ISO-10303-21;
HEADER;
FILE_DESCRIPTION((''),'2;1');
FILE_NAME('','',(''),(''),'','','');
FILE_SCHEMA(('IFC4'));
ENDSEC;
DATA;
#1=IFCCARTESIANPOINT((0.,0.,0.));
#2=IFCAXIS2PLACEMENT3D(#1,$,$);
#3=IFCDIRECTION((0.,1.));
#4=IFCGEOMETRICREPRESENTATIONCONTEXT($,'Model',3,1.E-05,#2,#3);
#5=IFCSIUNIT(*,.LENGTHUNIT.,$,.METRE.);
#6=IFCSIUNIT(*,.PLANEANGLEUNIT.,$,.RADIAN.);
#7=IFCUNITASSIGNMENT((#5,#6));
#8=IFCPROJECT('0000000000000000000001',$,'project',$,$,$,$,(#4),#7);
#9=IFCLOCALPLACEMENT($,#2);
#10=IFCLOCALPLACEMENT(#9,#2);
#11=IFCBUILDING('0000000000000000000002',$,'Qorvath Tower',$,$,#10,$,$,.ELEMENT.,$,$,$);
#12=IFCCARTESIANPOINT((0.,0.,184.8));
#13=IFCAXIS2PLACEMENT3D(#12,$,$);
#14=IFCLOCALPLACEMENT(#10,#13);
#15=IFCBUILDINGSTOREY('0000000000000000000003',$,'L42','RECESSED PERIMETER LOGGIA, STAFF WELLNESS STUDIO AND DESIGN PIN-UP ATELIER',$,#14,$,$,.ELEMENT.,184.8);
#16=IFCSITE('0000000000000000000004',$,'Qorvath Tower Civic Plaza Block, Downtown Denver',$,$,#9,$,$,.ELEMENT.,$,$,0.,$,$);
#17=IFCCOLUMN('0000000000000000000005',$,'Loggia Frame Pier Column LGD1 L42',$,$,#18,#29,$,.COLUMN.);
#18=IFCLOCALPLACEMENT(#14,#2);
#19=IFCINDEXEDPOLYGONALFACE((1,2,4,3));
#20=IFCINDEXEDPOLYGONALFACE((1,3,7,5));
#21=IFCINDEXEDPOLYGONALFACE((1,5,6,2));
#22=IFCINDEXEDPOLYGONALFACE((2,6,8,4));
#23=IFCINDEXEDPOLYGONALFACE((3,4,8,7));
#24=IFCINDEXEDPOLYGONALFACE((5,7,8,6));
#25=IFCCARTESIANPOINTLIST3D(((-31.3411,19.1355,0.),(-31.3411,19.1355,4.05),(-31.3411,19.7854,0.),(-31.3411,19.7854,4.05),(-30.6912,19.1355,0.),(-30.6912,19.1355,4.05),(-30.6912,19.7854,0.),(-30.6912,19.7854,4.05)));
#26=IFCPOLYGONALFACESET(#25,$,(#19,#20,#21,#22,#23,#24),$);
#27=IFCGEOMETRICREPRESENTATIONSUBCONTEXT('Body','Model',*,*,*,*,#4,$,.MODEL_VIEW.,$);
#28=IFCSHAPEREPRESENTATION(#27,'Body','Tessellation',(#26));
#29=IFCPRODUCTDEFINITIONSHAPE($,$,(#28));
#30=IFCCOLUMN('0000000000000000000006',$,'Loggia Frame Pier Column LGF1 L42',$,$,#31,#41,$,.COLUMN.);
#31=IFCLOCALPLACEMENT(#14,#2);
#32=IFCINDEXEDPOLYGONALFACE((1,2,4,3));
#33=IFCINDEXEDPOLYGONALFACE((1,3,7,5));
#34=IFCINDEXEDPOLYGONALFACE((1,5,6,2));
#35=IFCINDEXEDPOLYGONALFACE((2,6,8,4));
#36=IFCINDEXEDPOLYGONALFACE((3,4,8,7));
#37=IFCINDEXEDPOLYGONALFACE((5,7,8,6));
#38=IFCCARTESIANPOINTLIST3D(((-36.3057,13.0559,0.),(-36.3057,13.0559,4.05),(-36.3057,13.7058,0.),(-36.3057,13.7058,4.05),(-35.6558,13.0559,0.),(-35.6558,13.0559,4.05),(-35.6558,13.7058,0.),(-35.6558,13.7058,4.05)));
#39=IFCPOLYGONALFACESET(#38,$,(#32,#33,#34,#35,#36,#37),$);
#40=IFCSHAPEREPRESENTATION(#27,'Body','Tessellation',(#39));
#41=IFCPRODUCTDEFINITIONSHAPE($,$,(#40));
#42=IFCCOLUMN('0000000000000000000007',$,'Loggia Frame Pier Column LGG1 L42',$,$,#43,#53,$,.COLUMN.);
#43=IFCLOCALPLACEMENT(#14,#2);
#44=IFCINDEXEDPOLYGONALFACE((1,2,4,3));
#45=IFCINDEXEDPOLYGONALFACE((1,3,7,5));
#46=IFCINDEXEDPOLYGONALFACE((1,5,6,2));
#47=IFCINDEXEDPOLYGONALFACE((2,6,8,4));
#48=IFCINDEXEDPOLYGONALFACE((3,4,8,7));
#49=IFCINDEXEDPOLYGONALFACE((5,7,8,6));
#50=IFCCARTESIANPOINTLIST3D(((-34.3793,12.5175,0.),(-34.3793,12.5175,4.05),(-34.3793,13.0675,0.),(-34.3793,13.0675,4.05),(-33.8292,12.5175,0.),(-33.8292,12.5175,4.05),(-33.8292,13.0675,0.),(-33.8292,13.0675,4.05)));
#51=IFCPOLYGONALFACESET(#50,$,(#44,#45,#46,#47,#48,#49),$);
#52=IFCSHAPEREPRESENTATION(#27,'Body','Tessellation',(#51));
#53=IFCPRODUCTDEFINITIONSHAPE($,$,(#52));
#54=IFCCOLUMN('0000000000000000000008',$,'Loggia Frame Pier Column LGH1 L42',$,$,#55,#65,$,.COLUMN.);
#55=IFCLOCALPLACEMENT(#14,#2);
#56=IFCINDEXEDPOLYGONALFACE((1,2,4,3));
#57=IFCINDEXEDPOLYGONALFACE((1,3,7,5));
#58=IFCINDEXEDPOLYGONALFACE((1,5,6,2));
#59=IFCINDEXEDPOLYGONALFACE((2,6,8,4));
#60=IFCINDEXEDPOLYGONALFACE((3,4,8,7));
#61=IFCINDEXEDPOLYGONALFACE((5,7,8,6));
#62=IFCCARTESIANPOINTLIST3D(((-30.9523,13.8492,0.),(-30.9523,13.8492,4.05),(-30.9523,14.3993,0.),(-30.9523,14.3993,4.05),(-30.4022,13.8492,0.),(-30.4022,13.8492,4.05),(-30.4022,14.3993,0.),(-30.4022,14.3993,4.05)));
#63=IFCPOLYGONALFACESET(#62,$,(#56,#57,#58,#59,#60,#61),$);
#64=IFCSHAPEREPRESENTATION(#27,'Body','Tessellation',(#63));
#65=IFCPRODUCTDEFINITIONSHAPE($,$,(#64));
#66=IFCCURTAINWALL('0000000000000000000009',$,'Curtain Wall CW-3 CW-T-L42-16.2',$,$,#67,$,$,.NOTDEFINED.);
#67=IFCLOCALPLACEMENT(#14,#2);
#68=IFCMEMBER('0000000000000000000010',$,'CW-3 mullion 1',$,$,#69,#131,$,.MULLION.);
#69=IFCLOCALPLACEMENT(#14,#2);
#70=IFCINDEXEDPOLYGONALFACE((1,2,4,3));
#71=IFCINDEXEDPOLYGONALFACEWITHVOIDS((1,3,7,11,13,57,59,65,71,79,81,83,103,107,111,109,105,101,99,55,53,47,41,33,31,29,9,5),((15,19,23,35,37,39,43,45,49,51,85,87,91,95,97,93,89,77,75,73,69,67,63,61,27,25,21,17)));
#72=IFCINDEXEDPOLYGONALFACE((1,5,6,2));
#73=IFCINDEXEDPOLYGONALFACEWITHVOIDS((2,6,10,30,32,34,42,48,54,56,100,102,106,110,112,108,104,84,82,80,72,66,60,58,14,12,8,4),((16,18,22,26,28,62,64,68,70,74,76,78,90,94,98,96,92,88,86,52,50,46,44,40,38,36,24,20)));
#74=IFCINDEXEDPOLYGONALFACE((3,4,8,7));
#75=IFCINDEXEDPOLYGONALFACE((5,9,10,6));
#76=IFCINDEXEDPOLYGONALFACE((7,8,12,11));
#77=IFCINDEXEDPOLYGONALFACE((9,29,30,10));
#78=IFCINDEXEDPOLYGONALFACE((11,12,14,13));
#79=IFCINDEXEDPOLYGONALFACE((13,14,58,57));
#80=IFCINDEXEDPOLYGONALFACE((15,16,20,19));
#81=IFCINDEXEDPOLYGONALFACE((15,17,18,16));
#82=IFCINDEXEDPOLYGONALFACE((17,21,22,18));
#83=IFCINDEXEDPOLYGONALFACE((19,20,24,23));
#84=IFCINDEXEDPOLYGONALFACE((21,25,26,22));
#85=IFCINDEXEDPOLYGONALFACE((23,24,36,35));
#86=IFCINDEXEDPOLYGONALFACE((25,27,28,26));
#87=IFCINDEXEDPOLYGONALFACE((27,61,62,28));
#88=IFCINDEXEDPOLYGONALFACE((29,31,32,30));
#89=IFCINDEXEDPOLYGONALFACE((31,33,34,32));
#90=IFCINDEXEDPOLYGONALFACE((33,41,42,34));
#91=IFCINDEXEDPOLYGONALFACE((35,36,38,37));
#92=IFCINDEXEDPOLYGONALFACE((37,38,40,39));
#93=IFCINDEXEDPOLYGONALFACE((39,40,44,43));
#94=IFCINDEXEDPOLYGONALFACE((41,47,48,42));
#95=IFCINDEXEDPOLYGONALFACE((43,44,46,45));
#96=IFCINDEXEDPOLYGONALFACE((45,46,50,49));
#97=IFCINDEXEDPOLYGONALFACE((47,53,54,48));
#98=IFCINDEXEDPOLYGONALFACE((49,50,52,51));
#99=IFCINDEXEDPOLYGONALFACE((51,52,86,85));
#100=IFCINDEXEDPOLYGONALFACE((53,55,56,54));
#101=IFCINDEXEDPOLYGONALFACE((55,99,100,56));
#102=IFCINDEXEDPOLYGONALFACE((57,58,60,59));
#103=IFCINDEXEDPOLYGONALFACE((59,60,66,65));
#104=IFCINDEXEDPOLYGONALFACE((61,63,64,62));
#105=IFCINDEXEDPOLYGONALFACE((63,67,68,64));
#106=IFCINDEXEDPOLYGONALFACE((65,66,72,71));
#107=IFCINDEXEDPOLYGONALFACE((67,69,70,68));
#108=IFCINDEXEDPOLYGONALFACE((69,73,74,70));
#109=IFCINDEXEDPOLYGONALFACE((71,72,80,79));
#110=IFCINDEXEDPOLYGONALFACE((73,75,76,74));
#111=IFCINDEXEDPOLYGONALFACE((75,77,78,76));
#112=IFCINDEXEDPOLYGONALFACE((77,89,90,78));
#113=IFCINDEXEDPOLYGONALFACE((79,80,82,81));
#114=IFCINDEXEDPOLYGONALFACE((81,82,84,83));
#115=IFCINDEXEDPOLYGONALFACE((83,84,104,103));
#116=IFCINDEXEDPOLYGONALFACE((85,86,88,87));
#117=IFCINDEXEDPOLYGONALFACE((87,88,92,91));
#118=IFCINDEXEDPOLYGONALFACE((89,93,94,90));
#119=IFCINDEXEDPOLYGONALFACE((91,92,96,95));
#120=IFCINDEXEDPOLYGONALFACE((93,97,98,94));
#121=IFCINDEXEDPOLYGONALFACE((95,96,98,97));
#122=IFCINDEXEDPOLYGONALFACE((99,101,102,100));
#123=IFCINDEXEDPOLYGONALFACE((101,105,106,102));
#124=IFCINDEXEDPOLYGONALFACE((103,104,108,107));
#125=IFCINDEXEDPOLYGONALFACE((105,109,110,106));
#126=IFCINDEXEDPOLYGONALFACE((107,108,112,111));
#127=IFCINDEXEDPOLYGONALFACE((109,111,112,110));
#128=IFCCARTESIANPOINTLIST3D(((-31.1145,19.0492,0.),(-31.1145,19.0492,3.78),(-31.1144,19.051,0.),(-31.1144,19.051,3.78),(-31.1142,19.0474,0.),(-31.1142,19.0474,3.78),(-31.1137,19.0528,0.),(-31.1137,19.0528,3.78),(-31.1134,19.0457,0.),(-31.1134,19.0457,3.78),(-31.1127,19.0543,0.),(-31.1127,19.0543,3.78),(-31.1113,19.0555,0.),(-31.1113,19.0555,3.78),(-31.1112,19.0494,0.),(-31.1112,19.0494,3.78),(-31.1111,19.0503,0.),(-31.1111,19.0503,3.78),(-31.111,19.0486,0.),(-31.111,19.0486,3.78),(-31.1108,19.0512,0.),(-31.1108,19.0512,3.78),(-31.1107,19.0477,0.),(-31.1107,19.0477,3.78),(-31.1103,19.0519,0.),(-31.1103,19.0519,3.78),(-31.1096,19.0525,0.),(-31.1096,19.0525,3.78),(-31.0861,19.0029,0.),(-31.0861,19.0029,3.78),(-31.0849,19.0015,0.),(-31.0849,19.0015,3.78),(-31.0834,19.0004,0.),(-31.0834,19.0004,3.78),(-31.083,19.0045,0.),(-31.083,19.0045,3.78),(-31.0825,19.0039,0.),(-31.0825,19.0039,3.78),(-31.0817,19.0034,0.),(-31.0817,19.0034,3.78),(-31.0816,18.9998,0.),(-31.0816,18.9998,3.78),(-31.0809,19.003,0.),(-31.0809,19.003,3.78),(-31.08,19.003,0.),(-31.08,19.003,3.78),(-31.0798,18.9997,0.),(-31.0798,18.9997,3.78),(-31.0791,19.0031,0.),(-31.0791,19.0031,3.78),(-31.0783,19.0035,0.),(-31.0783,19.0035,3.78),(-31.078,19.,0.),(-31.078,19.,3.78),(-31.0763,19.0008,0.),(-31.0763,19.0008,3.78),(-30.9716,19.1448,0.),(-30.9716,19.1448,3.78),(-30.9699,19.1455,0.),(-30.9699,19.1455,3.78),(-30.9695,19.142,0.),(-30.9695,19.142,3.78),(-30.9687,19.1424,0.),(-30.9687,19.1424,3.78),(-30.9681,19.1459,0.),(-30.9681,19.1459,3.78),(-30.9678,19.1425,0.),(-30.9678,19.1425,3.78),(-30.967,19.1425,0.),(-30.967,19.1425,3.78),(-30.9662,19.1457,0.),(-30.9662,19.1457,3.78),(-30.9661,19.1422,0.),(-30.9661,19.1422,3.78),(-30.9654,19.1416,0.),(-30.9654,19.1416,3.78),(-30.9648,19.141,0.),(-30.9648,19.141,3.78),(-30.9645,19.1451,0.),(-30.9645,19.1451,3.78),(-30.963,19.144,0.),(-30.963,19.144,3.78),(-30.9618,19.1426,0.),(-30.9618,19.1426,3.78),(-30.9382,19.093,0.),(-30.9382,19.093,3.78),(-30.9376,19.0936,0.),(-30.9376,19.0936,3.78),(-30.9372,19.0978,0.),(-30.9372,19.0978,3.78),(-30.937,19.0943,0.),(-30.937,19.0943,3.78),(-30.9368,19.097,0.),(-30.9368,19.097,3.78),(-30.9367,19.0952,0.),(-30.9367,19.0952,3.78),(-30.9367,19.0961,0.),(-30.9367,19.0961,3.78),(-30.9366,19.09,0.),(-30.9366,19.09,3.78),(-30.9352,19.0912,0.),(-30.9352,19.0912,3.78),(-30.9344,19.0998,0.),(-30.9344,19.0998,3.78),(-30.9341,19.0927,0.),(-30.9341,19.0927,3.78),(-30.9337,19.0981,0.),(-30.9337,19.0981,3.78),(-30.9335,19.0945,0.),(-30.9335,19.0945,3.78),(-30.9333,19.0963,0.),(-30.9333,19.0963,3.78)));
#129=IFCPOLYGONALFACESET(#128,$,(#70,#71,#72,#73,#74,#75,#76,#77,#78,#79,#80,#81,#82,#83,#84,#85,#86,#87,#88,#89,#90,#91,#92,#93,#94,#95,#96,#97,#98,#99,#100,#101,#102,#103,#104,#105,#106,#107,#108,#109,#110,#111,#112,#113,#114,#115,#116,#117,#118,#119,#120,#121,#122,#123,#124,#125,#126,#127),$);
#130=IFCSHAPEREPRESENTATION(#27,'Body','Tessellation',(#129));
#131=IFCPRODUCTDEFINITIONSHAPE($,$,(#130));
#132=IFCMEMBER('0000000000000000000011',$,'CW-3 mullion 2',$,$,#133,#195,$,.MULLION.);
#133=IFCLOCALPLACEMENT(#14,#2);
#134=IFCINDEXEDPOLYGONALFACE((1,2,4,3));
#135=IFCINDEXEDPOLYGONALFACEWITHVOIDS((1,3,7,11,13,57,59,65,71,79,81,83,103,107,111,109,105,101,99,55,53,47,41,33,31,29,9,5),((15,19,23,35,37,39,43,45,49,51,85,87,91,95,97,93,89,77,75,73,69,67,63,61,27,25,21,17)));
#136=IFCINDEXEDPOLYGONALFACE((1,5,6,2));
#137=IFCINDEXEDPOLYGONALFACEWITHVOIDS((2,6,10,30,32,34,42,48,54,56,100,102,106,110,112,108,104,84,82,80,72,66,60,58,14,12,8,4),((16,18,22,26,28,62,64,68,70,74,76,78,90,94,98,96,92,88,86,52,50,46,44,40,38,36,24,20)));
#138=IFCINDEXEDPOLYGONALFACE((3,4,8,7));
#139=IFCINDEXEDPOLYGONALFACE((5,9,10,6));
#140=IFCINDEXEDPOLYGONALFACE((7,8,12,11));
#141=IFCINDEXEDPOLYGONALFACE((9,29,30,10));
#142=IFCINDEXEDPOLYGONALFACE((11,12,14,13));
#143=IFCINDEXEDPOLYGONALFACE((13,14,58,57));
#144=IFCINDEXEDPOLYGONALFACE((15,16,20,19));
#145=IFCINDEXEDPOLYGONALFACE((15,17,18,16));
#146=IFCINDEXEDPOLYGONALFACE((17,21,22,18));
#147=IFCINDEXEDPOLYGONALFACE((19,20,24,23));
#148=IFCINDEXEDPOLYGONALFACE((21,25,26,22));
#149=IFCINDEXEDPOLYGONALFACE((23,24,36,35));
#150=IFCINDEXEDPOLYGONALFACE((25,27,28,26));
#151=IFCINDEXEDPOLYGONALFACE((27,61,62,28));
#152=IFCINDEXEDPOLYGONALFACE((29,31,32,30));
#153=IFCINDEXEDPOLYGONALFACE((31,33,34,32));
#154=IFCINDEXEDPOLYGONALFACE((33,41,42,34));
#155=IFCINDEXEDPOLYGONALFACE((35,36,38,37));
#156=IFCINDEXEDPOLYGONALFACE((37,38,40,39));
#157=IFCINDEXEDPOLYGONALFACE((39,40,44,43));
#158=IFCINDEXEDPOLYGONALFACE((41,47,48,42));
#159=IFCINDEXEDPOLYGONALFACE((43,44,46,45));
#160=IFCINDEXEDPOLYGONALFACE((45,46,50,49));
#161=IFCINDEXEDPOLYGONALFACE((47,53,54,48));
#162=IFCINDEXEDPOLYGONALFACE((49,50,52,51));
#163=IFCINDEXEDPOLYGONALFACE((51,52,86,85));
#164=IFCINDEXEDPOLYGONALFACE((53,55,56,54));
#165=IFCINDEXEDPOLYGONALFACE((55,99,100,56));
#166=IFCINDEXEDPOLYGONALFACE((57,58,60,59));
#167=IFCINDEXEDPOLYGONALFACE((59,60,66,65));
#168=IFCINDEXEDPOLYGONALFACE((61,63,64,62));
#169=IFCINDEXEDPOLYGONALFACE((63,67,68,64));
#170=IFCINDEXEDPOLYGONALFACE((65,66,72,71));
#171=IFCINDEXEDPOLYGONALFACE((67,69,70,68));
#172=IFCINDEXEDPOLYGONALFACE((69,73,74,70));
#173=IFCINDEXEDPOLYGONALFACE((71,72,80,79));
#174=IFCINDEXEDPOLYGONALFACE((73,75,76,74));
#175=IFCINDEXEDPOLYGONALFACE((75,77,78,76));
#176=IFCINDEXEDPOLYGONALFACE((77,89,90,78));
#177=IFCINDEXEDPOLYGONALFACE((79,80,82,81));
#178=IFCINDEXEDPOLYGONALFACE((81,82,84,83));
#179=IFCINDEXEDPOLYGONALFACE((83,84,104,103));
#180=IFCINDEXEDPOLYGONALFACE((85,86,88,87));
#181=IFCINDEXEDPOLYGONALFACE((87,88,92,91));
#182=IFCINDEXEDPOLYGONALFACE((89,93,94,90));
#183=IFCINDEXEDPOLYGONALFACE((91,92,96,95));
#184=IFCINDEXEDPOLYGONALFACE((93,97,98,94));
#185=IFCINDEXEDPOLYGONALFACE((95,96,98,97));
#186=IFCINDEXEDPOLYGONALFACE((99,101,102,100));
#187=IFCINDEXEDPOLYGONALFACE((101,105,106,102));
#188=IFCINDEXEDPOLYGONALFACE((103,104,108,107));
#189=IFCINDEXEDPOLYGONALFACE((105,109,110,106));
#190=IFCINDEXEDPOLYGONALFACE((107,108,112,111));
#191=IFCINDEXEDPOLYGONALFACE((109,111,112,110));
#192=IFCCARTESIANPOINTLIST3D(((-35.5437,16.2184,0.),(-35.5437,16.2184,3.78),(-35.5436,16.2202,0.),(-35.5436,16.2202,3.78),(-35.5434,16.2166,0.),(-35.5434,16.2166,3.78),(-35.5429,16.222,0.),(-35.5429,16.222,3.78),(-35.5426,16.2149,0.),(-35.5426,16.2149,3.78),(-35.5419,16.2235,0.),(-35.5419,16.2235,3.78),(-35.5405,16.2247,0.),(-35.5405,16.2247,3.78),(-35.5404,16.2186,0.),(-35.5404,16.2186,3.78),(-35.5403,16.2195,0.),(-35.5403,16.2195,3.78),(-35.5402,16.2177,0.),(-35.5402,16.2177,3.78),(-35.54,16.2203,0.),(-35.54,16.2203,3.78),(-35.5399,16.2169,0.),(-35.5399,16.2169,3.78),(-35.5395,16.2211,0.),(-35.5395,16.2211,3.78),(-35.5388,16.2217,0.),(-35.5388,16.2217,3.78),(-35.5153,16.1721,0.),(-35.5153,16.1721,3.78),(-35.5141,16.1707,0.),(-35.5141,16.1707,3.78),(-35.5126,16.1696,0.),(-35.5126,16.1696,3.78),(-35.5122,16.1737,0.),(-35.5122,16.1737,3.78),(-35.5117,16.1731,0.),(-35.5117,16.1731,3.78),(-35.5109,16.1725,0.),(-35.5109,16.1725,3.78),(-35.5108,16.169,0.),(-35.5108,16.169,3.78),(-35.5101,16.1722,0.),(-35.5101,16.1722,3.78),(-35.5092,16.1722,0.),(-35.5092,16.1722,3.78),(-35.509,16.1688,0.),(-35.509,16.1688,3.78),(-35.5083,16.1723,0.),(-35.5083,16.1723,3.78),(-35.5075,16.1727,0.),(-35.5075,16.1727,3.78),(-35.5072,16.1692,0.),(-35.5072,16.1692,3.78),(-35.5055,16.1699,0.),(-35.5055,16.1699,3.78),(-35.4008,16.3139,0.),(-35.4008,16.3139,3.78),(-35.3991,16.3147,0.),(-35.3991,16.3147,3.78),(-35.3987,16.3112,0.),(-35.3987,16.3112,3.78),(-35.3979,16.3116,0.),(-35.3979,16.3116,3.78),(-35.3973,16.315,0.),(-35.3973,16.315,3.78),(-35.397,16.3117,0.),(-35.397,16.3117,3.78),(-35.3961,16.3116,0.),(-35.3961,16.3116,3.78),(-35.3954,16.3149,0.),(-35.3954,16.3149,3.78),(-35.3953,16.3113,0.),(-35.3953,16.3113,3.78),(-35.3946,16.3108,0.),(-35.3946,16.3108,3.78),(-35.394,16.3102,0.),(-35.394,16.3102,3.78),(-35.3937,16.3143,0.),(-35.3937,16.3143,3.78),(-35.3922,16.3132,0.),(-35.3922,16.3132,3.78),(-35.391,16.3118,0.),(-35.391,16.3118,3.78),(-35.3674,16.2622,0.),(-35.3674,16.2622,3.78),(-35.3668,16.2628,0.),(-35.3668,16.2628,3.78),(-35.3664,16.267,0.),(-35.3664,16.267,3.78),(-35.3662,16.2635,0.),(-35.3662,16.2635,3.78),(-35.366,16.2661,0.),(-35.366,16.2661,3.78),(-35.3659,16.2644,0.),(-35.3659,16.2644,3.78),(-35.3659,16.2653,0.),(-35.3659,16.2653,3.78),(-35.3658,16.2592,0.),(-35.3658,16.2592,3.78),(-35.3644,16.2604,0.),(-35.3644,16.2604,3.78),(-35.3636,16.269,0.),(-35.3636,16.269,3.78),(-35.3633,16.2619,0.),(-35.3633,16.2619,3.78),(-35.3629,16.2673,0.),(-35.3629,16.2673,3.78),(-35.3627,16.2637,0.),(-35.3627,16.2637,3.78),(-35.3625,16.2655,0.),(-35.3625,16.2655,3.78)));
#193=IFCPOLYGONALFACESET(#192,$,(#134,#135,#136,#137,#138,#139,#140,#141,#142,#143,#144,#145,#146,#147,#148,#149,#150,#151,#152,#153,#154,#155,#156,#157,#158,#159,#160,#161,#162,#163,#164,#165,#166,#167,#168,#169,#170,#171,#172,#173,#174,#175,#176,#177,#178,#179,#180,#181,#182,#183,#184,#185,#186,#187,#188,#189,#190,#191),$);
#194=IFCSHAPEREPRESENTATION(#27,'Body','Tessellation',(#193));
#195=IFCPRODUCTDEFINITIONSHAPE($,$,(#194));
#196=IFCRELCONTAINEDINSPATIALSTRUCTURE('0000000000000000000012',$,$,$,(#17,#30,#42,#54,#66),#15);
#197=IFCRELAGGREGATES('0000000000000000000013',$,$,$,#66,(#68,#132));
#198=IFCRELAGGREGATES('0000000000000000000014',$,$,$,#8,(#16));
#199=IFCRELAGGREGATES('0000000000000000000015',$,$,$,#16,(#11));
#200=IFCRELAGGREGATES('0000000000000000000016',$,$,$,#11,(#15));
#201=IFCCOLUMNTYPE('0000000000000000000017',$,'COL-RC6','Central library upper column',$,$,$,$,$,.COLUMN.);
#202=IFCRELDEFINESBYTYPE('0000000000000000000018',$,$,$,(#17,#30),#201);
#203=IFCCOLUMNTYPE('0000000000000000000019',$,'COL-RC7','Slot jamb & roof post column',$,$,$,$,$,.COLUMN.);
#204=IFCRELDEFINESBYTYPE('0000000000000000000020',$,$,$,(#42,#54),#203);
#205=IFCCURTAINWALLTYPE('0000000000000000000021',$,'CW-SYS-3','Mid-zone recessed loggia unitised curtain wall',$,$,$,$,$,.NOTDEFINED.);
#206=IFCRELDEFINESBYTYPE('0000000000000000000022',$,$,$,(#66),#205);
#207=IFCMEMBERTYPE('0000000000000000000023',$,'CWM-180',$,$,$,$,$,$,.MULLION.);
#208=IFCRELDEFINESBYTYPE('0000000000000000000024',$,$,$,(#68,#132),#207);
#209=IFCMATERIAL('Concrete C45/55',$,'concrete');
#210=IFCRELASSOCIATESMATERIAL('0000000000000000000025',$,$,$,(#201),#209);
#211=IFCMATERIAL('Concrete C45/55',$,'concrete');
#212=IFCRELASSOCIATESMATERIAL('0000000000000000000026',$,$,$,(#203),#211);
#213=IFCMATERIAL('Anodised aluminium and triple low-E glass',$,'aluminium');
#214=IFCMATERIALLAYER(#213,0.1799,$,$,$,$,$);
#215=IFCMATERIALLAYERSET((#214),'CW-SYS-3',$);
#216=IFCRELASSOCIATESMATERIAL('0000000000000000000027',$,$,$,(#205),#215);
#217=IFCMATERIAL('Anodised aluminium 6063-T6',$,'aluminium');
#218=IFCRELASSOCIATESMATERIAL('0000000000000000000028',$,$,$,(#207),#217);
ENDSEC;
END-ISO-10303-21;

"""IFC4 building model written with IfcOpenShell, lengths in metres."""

from ifc_helpers import new_model, si_unit, direction, frame, origin, origin_2d, place, context, subcontext, project, spatial, rectangle, hollow_rectangle, extrude, material, layer, layer_set, material_profile, profile_set, type_object, element, aggregate, save


model = new_model("IFC4")

# Units and contexts
model_context = context("Model", 3, precision=1e-05, world=origin(), true_north=direction((0.0, 1.0)))
body_context = subcontext(model_context, "Body", "Model", "MODEL_VIEW")
ifc_project = project(units=[si_unit("LENGTHUNIT", "METRE"), si_unit("PLANEANGLEUNIT", "RADIAN")], contexts=[model_context])

# Site, building, storey
site_placement = place(None, origin())
site = spatial("IfcSite", under=ifc_project, at=site_placement, Name="Qorvath Tower Civic Plaza Block, Downtown Denver", CompositionType="ELEMENT", RefElevation=0.0)
building_placement = place(site_placement, origin())
building = spatial("IfcBuilding", under=site, at=building_placement, Name="Qorvath Tower", CompositionType="ELEMENT")
storey_placement = place(building_placement, frame((0.0, 0.0, 184.8)))
storey = spatial("IfcBuildingStorey", under=building, at=storey_placement, Name="L42", Description="RECESSED PERIMETER LOGGIA, STAFF WELLNESS STUDIO AND DESIGN PIN-UP ATELIER", CompositionType="ELEMENT", Elevation=184.8)

# Columns
ifc_material_1 = material(Name="Concrete C45/55", Category="concrete")
ifc_material_profile_1 = material_profile(ifc_material_1, rectangle(XDim=0.6499, YDim=0.6499, at=origin_2d()), Name="RC 650x650")
ifc_profile_set_1 = profile_set([ifc_material_profile_1], Name="Concrete C45/55")
column_type_1 = type_object("IfcColumnType", Name="COL-RC6", Description="Central library upper column", PredefinedType="COLUMN", material=ifc_profile_set_1)
for number, where, z_axis, x_axis, name in (
    (1, (-31.0161, 19.4604, 0.0), (0.0, 0.0, 1.0), (1.0, 0.0, 0.0), "Loggia Frame Pier Column LGD1 L42"),
    (2, (-35.9807, 13.3809, 0.0), (0.0, 0.0, 1.0), (1.0, 0.0, 0.0), "Loggia Frame Pier Column LGF1 L42"),
):
    element("IfcColumn", number, at=place(storey_placement, frame(where, z_axis=z_axis, x_axis=x_axis)), inside=storey, type_object=column_type_1, Name=name, PredefinedType="COLUMN", context=body_context, shape_type="SweptSolid", body=[
        extrude(rectangle(XDim=0.6499, YDim=0.6499, at=origin_2d()), origin(), (0.0, 0.0, 1.0), 4.05),
    ])
ifc_material_2 = material(Name="Concrete C45/55", Category="concrete")
ifc_material_profile_2 = material_profile(ifc_material_2, rectangle(XDim=0.55, YDim=0.55, at=origin_2d()), Name="RC 550x550")
ifc_profile_set_2 = profile_set([ifc_material_profile_2], Name="Concrete C45/55")
column_type_2 = type_object("IfcColumnType", Name="COL-RC7", Description="Slot jamb & roof post column", PredefinedType="COLUMN", material=ifc_profile_set_2)
for number, where, z_axis, x_axis, name in (
    (3, (-34.1042, 12.7925, 0.0), (0.0, 0.0, 1.0), (1.0, 0.0, 0.0), "Loggia Frame Pier Column LGG1 L42"),
    (4, (-30.6772, 14.1243, 0.0), (0.0, 0.0, 1.0), (1.0, 0.0, 0.0), "Loggia Frame Pier Column LGH1 L42"),
):
    element("IfcColumn", number, at=place(storey_placement, frame(where, z_axis=z_axis, x_axis=x_axis)), inside=storey, type_object=column_type_2, Name=name, PredefinedType="COLUMN", context=body_context, shape_type="SweptSolid", body=[
        extrude(rectangle(XDim=0.55, YDim=0.55, at=origin_2d()), origin(), (0.0, 0.0, 1.0), 4.05),
    ])

# Curtain wall, members
ifc_material_3 = material(Name="Anodised aluminium and triple low-E glass", Category="aluminium")
ifc_layer_1 = layer(ifc_material_3, 0.1799)
ifc_layer_set_1 = layer_set([ifc_layer_1], Name="CW-SYS-3")
curtain_wall_type = type_object("IfcCurtainWallType", Name="CW-SYS-3", Description="Mid-zone recessed loggia unitised curtain wall", PredefinedType="NOTDEFINED", material=ifc_layer_set_1)
curtain_wall_placement = place(storey_placement, origin())
curtain_wall = element("IfcCurtainWall", 5, at=curtain_wall_placement, inside=storey, type_object=curtain_wall_type, Name="Curtain Wall CW-3 CW-T-L42-16.2", PredefinedType="NOTDEFINED")
ifc_material_4 = material(Name="Anodised aluminium 6063-T6", Category="aluminium")
ifc_material_profile_3 = material_profile(ifc_material_4, hollow_rectangle(XDim=0.0649, YDim=0.1799, WallThickness=0.0034, InnerFilletRadius=0.0034, OuterFilletRadius=0.0071, at=origin_2d()), Name="CWM 180x65")
ifc_profile_set_3 = profile_set([ifc_material_profile_3], Name="Anodised aluminium 6063-T6")
member_type_1 = type_object("IfcMemberType", Name="CWM-180", PredefinedType="MULLION", material=ifc_profile_set_3)
member_1_placement = place(storey_placement, frame((-31.0239, 19.0728, 0.0), z_axis=(0.0, 0.0, 1.0), x_axis=(0.538533, -0.842604, 0.0)))
member_1 = element("IfcMember", 6, at=member_1_placement, type_object=member_type_1, Name="CW-3 mullion 1", PredefinedType="MULLION", context=body_context, shape_type="SweptSolid", body=[
    extrude(hollow_rectangle(XDim=0.0649, YDim=0.1799, WallThickness=0.0034, InnerFilletRadius=0.0034, OuterFilletRadius=0.0071, at=origin_2d()), origin(), (0.0, 0.0, 1.0), 3.78),
])
member_2_placement = place(storey_placement, frame((-35.4531, 16.2419, 0.0), z_axis=(0.0, 0.0, 1.0), x_axis=(0.538533, -0.842604, 0.0)))
member_2 = element("IfcMember", 7, at=member_2_placement, type_object=member_type_1, Name="CW-3 mullion 2", PredefinedType="MULLION", context=body_context, shape_type="SweptSolid", body=[
    extrude(hollow_rectangle(XDim=0.0649, YDim=0.1799, WallThickness=0.0034, InnerFilletRadius=0.0034, OuterFilletRadius=0.0071, at=origin_2d()), origin(), (0.0, 0.0, 1.0), 3.78),
])
aggregate(curtain_wall, [member_1, member_2])

save(model, "model.ifc")
